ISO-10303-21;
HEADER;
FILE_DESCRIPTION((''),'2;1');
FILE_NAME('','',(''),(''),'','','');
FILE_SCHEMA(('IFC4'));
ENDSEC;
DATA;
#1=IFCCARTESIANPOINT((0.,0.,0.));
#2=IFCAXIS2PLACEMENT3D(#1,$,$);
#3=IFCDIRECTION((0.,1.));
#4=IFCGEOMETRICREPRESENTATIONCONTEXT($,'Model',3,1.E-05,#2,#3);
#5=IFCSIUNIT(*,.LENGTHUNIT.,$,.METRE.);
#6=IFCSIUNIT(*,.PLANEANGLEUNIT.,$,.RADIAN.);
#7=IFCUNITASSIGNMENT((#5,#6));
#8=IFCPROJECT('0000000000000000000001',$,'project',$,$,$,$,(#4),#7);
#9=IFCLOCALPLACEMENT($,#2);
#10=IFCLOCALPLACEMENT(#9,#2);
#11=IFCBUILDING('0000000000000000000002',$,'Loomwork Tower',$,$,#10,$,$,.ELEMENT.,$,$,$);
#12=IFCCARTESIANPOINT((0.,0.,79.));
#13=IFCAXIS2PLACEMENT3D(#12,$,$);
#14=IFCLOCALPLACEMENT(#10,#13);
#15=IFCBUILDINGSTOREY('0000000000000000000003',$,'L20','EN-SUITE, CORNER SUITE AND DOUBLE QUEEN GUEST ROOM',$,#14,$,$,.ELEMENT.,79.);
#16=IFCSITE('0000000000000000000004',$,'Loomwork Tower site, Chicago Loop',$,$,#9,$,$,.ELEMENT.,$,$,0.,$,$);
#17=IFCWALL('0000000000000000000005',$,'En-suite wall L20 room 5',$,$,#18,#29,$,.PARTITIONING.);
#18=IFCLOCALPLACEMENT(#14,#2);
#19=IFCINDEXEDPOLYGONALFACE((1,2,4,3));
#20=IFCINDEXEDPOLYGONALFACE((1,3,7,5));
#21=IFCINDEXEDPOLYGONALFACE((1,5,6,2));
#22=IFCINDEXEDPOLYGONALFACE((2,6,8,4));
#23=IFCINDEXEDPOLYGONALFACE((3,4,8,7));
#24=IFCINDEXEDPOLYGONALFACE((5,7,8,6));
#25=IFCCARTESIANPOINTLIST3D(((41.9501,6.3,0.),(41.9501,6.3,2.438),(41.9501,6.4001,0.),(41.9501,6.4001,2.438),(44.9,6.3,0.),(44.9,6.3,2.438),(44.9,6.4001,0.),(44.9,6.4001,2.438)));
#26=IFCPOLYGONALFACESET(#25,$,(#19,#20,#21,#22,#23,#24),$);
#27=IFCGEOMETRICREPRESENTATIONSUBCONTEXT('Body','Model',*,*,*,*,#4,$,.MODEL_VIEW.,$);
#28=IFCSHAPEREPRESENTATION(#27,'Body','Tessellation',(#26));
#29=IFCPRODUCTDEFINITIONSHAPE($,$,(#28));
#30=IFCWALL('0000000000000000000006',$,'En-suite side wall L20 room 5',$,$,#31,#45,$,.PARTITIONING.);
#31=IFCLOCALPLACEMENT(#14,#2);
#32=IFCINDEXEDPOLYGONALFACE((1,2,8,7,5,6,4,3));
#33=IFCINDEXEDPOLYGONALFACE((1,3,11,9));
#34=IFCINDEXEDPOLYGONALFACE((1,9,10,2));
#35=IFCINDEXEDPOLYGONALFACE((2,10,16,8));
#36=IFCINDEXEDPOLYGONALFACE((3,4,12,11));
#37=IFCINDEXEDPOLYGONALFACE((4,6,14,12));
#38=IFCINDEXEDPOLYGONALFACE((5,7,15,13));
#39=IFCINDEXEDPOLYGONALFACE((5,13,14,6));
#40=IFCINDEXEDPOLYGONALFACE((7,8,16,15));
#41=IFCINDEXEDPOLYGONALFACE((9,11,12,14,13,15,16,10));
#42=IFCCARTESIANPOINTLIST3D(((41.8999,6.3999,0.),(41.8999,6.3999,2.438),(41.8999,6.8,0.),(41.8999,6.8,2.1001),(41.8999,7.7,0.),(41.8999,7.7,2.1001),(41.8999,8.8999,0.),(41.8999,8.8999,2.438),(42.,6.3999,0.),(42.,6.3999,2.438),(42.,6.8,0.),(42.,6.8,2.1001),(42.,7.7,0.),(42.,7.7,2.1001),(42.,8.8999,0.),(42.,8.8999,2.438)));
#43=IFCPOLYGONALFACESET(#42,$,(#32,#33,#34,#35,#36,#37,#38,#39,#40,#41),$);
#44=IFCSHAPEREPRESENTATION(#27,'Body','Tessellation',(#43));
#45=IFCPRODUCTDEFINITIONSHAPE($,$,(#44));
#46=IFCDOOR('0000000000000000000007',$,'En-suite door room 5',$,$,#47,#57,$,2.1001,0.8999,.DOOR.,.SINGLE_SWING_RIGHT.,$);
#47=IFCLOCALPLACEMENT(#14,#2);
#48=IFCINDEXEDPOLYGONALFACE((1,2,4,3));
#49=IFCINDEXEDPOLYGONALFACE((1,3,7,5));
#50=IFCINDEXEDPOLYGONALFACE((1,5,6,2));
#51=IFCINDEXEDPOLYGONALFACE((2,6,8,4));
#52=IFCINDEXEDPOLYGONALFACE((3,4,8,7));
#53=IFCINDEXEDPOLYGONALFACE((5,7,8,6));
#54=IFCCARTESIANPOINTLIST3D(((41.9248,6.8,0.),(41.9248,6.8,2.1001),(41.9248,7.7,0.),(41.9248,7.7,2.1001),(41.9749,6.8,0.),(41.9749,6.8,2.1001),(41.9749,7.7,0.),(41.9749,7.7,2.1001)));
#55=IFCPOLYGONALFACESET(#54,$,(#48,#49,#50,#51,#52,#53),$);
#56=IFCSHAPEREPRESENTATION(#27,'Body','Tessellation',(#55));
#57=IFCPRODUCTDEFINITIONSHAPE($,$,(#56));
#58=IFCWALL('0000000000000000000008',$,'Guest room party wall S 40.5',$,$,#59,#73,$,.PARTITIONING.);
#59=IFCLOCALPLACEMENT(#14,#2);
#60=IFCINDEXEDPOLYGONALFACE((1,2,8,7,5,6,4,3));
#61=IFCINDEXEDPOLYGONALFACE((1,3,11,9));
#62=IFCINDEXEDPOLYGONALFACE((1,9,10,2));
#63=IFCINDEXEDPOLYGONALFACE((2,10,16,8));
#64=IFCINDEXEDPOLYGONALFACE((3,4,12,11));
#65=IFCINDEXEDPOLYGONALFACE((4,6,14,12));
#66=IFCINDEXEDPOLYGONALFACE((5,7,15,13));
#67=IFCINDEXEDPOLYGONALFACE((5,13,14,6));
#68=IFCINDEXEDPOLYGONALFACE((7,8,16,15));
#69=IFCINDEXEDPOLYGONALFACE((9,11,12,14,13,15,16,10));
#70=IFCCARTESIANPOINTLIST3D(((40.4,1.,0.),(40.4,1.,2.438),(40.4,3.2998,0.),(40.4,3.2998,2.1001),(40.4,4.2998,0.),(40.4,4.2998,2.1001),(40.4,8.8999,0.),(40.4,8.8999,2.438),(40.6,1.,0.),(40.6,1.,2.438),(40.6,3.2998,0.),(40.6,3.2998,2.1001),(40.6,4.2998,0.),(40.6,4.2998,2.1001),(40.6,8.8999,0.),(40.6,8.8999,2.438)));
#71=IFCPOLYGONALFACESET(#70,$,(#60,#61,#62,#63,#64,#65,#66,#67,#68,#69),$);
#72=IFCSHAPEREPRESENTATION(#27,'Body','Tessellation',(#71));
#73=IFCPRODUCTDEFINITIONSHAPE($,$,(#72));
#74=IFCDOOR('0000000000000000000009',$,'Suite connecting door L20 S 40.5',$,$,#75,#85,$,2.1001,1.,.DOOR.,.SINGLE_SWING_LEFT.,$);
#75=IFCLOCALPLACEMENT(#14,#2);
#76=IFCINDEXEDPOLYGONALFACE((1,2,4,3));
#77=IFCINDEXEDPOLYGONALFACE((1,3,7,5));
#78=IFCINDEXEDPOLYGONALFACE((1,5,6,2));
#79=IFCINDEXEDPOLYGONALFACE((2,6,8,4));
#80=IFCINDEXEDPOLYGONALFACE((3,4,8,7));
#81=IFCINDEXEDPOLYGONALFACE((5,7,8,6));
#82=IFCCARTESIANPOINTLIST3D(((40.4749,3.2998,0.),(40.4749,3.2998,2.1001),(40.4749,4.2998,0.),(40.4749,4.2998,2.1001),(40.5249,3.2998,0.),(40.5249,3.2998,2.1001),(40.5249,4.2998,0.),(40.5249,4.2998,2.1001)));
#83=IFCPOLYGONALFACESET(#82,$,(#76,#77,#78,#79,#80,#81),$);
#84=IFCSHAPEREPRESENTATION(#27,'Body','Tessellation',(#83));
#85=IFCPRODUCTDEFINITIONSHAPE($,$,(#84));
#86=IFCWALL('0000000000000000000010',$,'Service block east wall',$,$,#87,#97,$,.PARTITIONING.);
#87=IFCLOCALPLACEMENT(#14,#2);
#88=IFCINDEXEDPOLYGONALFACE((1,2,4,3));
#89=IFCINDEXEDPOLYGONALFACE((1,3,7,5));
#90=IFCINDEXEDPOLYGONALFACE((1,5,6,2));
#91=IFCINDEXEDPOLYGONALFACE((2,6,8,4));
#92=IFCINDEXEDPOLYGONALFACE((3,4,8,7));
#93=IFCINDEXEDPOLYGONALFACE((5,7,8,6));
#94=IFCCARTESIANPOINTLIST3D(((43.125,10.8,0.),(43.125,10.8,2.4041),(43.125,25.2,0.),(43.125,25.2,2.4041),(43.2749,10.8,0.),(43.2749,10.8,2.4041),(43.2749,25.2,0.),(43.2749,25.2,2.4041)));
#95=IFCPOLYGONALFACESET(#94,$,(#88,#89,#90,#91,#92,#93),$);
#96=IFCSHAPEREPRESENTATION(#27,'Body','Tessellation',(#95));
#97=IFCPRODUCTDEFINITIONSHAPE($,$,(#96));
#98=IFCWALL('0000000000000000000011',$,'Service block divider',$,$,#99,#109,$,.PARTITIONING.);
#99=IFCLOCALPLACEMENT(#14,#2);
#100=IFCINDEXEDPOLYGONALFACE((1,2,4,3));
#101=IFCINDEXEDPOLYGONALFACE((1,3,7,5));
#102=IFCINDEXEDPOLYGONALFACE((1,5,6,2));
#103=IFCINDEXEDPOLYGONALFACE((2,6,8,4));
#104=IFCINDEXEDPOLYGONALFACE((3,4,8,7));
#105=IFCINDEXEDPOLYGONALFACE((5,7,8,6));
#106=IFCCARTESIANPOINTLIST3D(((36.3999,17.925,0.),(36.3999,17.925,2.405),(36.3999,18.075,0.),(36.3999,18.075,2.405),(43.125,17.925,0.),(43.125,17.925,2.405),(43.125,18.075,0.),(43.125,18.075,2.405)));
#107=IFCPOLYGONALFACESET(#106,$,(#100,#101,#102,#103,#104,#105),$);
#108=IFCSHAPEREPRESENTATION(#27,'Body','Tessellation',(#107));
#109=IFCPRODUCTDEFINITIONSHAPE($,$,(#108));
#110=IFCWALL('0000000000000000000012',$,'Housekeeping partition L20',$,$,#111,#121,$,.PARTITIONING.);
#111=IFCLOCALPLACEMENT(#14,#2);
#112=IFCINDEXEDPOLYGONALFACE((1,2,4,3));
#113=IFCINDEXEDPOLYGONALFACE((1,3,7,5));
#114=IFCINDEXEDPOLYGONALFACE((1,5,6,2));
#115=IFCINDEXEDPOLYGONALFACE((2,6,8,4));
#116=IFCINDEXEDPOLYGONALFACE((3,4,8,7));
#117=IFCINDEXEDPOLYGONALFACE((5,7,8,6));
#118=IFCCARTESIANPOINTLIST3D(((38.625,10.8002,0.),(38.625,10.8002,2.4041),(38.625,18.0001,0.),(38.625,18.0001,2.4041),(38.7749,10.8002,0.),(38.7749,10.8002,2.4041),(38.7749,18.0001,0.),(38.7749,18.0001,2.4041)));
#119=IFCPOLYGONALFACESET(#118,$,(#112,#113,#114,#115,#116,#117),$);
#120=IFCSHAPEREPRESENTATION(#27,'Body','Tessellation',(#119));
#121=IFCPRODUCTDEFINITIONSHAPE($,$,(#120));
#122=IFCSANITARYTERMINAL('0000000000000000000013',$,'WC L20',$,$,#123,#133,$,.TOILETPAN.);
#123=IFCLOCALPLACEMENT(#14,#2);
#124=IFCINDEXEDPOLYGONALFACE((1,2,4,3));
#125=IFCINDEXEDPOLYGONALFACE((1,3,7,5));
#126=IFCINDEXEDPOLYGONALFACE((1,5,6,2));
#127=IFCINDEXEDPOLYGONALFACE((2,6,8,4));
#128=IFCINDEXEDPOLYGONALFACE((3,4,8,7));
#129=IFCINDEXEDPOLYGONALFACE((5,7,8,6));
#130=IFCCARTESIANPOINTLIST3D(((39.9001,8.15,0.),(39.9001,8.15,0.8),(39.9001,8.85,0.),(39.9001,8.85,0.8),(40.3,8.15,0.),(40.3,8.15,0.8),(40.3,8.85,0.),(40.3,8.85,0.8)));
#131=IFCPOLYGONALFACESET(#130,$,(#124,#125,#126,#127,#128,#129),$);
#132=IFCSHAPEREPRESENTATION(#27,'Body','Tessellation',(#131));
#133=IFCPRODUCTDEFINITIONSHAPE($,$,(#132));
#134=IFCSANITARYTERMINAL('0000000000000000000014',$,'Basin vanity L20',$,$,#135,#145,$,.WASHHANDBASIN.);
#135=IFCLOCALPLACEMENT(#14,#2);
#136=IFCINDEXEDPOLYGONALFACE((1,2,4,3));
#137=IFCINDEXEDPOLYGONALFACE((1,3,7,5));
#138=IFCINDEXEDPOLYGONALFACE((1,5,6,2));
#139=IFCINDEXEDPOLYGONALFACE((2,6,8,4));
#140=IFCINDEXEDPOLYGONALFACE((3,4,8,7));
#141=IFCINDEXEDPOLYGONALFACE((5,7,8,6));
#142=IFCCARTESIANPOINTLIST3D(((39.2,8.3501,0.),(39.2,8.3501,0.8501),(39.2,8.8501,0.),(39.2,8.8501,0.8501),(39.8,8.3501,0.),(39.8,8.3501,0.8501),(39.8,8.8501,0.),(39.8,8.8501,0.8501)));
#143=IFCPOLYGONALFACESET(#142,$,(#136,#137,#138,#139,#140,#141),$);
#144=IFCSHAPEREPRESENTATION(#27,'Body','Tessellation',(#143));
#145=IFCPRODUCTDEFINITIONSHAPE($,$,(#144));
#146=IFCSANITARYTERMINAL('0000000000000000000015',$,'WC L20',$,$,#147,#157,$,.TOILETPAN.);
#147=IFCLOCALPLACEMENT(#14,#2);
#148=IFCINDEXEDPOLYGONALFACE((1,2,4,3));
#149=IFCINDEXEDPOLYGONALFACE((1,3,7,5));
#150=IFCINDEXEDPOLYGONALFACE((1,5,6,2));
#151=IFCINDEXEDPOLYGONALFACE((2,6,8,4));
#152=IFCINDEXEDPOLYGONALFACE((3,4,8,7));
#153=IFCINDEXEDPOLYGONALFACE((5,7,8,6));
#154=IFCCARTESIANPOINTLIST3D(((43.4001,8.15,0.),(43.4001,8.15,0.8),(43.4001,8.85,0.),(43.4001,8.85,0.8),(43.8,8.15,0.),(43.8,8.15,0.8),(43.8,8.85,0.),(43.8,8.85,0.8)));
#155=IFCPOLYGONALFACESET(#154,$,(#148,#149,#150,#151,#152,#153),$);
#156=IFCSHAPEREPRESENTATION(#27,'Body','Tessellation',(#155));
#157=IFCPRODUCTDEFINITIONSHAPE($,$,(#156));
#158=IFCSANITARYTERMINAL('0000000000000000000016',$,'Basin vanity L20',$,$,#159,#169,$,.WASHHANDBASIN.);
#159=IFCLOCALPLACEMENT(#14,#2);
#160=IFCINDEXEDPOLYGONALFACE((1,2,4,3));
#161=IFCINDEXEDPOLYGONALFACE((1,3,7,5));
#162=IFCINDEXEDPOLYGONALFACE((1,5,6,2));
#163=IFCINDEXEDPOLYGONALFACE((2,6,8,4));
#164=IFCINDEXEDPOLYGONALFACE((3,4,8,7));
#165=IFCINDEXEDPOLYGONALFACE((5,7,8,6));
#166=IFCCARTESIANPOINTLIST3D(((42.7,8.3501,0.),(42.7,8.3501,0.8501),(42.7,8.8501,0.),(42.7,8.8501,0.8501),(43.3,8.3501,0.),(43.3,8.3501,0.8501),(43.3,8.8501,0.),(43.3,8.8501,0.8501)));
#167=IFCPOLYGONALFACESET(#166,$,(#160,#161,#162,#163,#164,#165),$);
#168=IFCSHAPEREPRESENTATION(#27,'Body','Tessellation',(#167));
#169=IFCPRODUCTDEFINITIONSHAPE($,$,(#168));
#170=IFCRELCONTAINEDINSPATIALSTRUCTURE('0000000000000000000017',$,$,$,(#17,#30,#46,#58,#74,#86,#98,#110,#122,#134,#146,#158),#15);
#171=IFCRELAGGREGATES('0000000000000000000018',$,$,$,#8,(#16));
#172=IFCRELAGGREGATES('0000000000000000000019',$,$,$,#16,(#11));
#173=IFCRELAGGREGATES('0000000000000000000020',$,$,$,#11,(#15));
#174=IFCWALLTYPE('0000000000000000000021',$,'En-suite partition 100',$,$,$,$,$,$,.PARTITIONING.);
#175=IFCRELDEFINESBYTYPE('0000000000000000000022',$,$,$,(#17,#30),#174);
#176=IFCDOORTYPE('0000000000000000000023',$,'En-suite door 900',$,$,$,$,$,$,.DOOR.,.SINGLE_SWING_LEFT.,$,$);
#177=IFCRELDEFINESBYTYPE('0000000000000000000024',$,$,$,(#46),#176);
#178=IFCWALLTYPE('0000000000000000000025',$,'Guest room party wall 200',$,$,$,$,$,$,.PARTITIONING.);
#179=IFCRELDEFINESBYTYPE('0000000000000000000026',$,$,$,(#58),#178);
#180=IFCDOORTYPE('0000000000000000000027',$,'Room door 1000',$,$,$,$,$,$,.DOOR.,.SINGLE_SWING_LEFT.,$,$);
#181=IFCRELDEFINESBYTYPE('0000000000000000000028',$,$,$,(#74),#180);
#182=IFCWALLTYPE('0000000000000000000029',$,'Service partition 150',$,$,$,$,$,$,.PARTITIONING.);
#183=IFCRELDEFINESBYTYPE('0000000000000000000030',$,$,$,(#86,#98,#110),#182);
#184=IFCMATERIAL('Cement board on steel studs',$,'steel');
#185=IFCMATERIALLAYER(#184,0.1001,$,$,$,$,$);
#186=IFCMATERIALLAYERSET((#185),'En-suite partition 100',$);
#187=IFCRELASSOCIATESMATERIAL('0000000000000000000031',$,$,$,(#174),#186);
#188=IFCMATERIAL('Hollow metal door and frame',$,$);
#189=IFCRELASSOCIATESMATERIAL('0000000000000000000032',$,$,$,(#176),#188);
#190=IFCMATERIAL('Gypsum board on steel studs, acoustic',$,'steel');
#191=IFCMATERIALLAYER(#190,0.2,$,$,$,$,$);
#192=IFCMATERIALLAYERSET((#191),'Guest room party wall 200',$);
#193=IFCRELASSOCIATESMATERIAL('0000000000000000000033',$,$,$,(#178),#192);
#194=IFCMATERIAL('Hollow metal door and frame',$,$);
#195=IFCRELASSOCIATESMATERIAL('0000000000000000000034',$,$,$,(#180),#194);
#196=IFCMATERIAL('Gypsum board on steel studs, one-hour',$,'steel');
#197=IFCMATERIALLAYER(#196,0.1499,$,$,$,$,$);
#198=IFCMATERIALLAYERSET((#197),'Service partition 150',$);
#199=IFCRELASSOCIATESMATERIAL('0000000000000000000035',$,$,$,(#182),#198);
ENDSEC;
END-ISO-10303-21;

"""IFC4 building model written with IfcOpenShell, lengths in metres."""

from ifc_helpers import new_model, si_unit, direction, frame, frame_2d, origin, origin_2d, place, context, subcontext, project, spatial, rectangle, extrude, material, layer, layer_set, type_object, element, fill, save


model = new_model("IFC4")

# Units and contexts
model_context = context("Model", 3, precision=1e-05, world=origin(), true_north=direction((0.0, 1.0)))
body_context = subcontext(model_context, "Body", "Model", "MODEL_VIEW")
ifc_project = project(units=[si_unit("LENGTHUNIT", "METRE"), si_unit("PLANEANGLEUNIT", "RADIAN")], contexts=[model_context])

# Site, building, storey
site_placement = place(None, origin())
site = spatial("IfcSite", under=ifc_project, at=site_placement, Name="Loomwork Tower site, Chicago Loop", CompositionType="ELEMENT", RefElevation=0.0)
building_placement = place(site_placement, origin())
building = spatial("IfcBuilding", under=site, at=building_placement, Name="Loomwork Tower", CompositionType="ELEMENT")
storey_placement = place(building_placement, frame((0.0, 0.0, 79.0)))
storey = spatial("IfcBuildingStorey", under=building, at=storey_placement, Name="L20", Description="EN-SUITE, CORNER SUITE AND DOUBLE QUEEN GUEST ROOM", CompositionType="ELEMENT", Elevation=79.0)

# Shared definitions
ifc_material_1 = material(Name="Cement board on steel studs", Category="steel")
ifc_layer_1 = layer(ifc_material_1, 0.1001)
ifc_layer_set_1 = layer_set([ifc_layer_1], Name="En-suite partition 100")
wall_type_1 = type_object("IfcWallType", Name="En-suite partition 100", PredefinedType="PARTITIONING", material=ifc_layer_set_1)

# Shared definitions
ifc_material_2 = material(Name="Hollow metal door and frame")
door_type_1 = type_object("IfcDoorType", Name="En-suite door 900", OperationType="SINGLE_SWING_LEFT", PredefinedType="DOOR", material=ifc_material_2)

# Wall
wall_1_placement = place(storey_placement, frame((41.95, 6.3501, 0.0), z_axis=(0.0, 0.0, 1.0), x_axis=(1.0, 0.0, 0.0)))
element("IfcWall", 1, at=wall_1_placement, inside=storey, type_object=wall_type_1, Name="En-suite wall L20 room 5", PredefinedType="PARTITIONING", context=body_context, shape_type="SweptSolid", body=[
    extrude(rectangle(XDim=2.95, YDim=0.1001, at=frame_2d((1.4751, 0.0))), origin(), (0.0, 0.0, 1.0), 2.438),
])

# Walls, openings, doors
wall_2_placement = place(storey_placement, frame((41.95, 8.8999, 0.0), z_axis=(0.0, 0.0, 1.0), x_axis=(0.0, -1.0, 0.0)))
wall_2 = element("IfcWall", 2, at=wall_2_placement, inside=storey, type_object=wall_type_1, Name="En-suite side wall L20 room 5", PredefinedType="PARTITIONING", context=body_context, shape_type="SweptSolid", body=[
    extrude(rectangle(XDim=2.5, YDim=0.1001, at=frame_2d((1.25, 0.0))), origin(), (0.0, 0.0, 1.0), 2.438),
])
opening_1_placement = place(wall_2_placement, frame((1.2, 0.0, 0.0)))
opening_1 = element("IfcOpeningElement", 3, at=opening_1_placement, cuts=wall_2, PredefinedType="OPENING", context=body_context, shape_type="SweptSolid", body=[
    extrude(rectangle(XDim=0.8999, YDim=2.1001, at=frame_2d((0.45, 1.05))), frame((0.0, 0.0601, 0.0), z_axis=(0.0, -1.0, 0.0), x_axis=(1.0, 0.0, 0.0)), (0.0, 0.0, 1.0), 0.1201),
])
door_1_placement = place(opening_1_placement, origin())
door_1 = element("IfcDoor", 4, at=door_1_placement, inside=storey, type_object=door_type_1, Name="En-suite door room 5", OperationType="SINGLE_SWING_RIGHT", OverallHeight=2.1001, OverallWidth=0.8999, PredefinedType="DOOR", context=body_context, shape_type="SweptSolid", body=[
    extrude(rectangle(XDim=0.8999, YDim=2.1001, at=frame_2d((0.45, 1.05))), frame((0.0, 0.0249, 0.0), z_axis=(0.0, -1.0, 0.0), x_axis=(1.0, 0.0, 0.0)), (0.0, 0.0, 1.0), 0.05),
])
fill(opening_1, door_1)
ifc_material_3 = material(Name="Gypsum board on steel studs, acoustic", Category="steel")
ifc_layer_2 = layer(ifc_material_3, 0.2)
ifc_layer_set_2 = layer_set([ifc_layer_2], Name="Guest room party wall 200")
wall_type_2 = type_object("IfcWallType", Name="Guest room party wall 200", PredefinedType="PARTITIONING", material=ifc_layer_set_2)
wall_3_placement = place(storey_placement, frame((40.5, 8.8999, 0.0), z_axis=(0.0, 0.0, 1.0), x_axis=(0.0, -1.0, 0.0)))
wall_3 = element("IfcWall", 5, at=wall_3_placement, inside=storey, type_object=wall_type_2, Name="Guest room party wall S 40.5", PredefinedType="PARTITIONING", context=body_context, shape_type="SweptSolid", body=[
    extrude(rectangle(XDim=7.8999, YDim=0.2, at=frame_2d((3.95, 0.0))), origin(), (0.0, 0.0, 1.0), 2.438),
])
opening_2_placement = place(wall_3_placement, frame((4.6001, 0.0, 0.0)))
opening_2 = element("IfcOpeningElement", 6, at=opening_2_placement, cuts=wall_3, PredefinedType="OPENING", context=body_context, shape_type="SweptSolid", body=[
    extrude(rectangle(XDim=1.0, YDim=2.1001, at=frame_2d((0.5, 1.05))), frame((0.0, 0.1099, 0.0), z_axis=(0.0, -1.0, 0.0), x_axis=(1.0, 0.0, 0.0)), (0.0, 0.0, 1.0), 0.22),
])
ifc_material_4 = material(Name="Hollow metal door and frame")
door_type_2 = type_object("IfcDoorType", Name="Room door 1000", OperationType="SINGLE_SWING_LEFT", PredefinedType="DOOR", material=ifc_material_4)
door_2_placement = place(opening_2_placement, origin())
door_2 = element("IfcDoor", 7, at=door_2_placement, inside=storey, type_object=door_type_2, Name="Suite connecting door L20 S 40.5", OperationType="SINGLE_SWING_LEFT", OverallHeight=2.1001, OverallWidth=1.0, PredefinedType="DOOR", context=body_context, shape_type="SweptSolid", body=[
    extrude(rectangle(XDim=1.0, YDim=2.1001, at=frame_2d((0.5, 1.05))), frame((0.0, 0.0249, 0.0), z_axis=(0.0, -1.0, 0.0), x_axis=(1.0, 0.0, 0.0)), (0.0, 0.0, 1.0), 0.05),
])
fill(opening_2, door_2)

# Walls
ifc_material_5 = material(Name="Gypsum board on steel studs, one-hour", Category="steel")
ifc_layer_3 = layer(ifc_material_5, 0.1499)
ifc_layer_set_3 = layer_set([ifc_layer_3], Name="Service partition 150")
wall_type_3 = type_object("IfcWallType", Name="Service partition 150", PredefinedType="PARTITIONING", material=ifc_layer_set_3)
wall_4_placement = place(storey_placement, frame((43.2, 10.8, 0.0), z_axis=(0.0, 0.0, 1.0), x_axis=(0.0, 1.0, 0.0)))
element("IfcWall", 8, at=wall_4_placement, inside=storey, type_object=wall_type_3, Name="Service block east wall", PredefinedType="PARTITIONING", context=body_context, shape_type="SweptSolid", body=[
    extrude(rectangle(XDim=14.3999, YDim=0.1499, at=frame_2d((7.2, 0.0))), origin(), (0.0, 0.0, 1.0), 2.4041),
])
wall_5_placement = place(storey_placement, frame((36.3999, 18.0, 0.0), z_axis=(0.0, 0.0, 1.0), x_axis=(1.0, 0.0, 0.0)))
element("IfcWall", 9, at=wall_5_placement, inside=storey, type_object=wall_type_3, Name="Service block divider", PredefinedType="PARTITIONING", context=body_context, shape_type="SweptSolid", body=[
    extrude(rectangle(XDim=6.7251, YDim=0.1499, at=frame_2d((3.3625, 0.0))), origin(), (0.0, 0.0, 1.0), 2.405),
])
wall_6_placement = place(storey_placement, frame((38.7, 10.8, 0.0), z_axis=(0.0, 0.0, 1.0), x_axis=(0.0, 1.0, 0.0)))
element("IfcWall", 10, at=wall_6_placement, inside=storey, type_object=wall_type_3, Name="Housekeeping partition L20", PredefinedType="PARTITIONING", context=body_context, shape_type="SweptSolid", body=[
    extrude(rectangle(XDim=7.2, YDim=0.1499, at=frame_2d((3.6001, 0.0))), origin(), (0.0, 0.0, 1.0), 2.4041),
])

# Sanitary terminals
sanitary_terminal_1_placement = place(storey_placement, frame((40.1001, 8.5, 0.0), z_axis=(0.0, 0.0, 1.0), x_axis=(1.0, 0.0, 0.0)))
element("IfcSanitaryTerminal", 11, at=sanitary_terminal_1_placement, inside=storey, Name="WC L20", PredefinedType="TOILETPAN", context=body_context, shape_type="SweptSolid", body=[
    extrude(rectangle(XDim=0.3999, YDim=0.7, at=origin_2d()), origin(), (0.0, 0.0, 1.0), 0.8),
])
sanitary_terminal_2_placement = place(storey_placement, frame((39.5, 8.6001, 0.0), z_axis=(0.0, 0.0, 1.0), x_axis=(1.0, 0.0, 0.0)))
element("IfcSanitaryTerminal", 12, at=sanitary_terminal_2_placement, inside=storey, Name="Basin vanity L20", PredefinedType="WASHHANDBASIN", context=body_context, shape_type="SweptSolid", body=[
    extrude(rectangle(XDim=0.6001, YDim=0.5, at=origin_2d()), origin(), (0.0, 0.0, 1.0), 0.8501),
])
sanitary_terminal_3_placement = place(storey_placement, frame((43.6001, 8.5, 0.0), z_axis=(0.0, 0.0, 1.0), x_axis=(1.0, 0.0, 0.0)))
element("IfcSanitaryTerminal", 13, at=sanitary_terminal_3_placement, inside=storey, Name="WC L20", PredefinedType="TOILETPAN", context=body_context, shape_type="SweptSolid", body=[
    extrude(rectangle(XDim=0.3999, YDim=0.7, at=origin_2d()), origin(), (0.0, 0.0, 1.0), 0.8),
])
sanitary_terminal_4_placement = place(storey_placement, frame((43.0, 8.6001, 0.0), z_axis=(0.0, 0.0, 1.0), x_axis=(1.0, 0.0, 0.0)))
element("IfcSanitaryTerminal", 14, at=sanitary_terminal_4_placement, inside=storey, Name="Basin vanity L20", PredefinedType="WASHHANDBASIN", context=body_context, shape_type="SweptSolid", body=[
    extrude(rectangle(XDim=0.6001, YDim=0.5, at=origin_2d()), origin(), (0.0, 0.0, 1.0), 0.8501),
])

save(model, "model.ifc")
